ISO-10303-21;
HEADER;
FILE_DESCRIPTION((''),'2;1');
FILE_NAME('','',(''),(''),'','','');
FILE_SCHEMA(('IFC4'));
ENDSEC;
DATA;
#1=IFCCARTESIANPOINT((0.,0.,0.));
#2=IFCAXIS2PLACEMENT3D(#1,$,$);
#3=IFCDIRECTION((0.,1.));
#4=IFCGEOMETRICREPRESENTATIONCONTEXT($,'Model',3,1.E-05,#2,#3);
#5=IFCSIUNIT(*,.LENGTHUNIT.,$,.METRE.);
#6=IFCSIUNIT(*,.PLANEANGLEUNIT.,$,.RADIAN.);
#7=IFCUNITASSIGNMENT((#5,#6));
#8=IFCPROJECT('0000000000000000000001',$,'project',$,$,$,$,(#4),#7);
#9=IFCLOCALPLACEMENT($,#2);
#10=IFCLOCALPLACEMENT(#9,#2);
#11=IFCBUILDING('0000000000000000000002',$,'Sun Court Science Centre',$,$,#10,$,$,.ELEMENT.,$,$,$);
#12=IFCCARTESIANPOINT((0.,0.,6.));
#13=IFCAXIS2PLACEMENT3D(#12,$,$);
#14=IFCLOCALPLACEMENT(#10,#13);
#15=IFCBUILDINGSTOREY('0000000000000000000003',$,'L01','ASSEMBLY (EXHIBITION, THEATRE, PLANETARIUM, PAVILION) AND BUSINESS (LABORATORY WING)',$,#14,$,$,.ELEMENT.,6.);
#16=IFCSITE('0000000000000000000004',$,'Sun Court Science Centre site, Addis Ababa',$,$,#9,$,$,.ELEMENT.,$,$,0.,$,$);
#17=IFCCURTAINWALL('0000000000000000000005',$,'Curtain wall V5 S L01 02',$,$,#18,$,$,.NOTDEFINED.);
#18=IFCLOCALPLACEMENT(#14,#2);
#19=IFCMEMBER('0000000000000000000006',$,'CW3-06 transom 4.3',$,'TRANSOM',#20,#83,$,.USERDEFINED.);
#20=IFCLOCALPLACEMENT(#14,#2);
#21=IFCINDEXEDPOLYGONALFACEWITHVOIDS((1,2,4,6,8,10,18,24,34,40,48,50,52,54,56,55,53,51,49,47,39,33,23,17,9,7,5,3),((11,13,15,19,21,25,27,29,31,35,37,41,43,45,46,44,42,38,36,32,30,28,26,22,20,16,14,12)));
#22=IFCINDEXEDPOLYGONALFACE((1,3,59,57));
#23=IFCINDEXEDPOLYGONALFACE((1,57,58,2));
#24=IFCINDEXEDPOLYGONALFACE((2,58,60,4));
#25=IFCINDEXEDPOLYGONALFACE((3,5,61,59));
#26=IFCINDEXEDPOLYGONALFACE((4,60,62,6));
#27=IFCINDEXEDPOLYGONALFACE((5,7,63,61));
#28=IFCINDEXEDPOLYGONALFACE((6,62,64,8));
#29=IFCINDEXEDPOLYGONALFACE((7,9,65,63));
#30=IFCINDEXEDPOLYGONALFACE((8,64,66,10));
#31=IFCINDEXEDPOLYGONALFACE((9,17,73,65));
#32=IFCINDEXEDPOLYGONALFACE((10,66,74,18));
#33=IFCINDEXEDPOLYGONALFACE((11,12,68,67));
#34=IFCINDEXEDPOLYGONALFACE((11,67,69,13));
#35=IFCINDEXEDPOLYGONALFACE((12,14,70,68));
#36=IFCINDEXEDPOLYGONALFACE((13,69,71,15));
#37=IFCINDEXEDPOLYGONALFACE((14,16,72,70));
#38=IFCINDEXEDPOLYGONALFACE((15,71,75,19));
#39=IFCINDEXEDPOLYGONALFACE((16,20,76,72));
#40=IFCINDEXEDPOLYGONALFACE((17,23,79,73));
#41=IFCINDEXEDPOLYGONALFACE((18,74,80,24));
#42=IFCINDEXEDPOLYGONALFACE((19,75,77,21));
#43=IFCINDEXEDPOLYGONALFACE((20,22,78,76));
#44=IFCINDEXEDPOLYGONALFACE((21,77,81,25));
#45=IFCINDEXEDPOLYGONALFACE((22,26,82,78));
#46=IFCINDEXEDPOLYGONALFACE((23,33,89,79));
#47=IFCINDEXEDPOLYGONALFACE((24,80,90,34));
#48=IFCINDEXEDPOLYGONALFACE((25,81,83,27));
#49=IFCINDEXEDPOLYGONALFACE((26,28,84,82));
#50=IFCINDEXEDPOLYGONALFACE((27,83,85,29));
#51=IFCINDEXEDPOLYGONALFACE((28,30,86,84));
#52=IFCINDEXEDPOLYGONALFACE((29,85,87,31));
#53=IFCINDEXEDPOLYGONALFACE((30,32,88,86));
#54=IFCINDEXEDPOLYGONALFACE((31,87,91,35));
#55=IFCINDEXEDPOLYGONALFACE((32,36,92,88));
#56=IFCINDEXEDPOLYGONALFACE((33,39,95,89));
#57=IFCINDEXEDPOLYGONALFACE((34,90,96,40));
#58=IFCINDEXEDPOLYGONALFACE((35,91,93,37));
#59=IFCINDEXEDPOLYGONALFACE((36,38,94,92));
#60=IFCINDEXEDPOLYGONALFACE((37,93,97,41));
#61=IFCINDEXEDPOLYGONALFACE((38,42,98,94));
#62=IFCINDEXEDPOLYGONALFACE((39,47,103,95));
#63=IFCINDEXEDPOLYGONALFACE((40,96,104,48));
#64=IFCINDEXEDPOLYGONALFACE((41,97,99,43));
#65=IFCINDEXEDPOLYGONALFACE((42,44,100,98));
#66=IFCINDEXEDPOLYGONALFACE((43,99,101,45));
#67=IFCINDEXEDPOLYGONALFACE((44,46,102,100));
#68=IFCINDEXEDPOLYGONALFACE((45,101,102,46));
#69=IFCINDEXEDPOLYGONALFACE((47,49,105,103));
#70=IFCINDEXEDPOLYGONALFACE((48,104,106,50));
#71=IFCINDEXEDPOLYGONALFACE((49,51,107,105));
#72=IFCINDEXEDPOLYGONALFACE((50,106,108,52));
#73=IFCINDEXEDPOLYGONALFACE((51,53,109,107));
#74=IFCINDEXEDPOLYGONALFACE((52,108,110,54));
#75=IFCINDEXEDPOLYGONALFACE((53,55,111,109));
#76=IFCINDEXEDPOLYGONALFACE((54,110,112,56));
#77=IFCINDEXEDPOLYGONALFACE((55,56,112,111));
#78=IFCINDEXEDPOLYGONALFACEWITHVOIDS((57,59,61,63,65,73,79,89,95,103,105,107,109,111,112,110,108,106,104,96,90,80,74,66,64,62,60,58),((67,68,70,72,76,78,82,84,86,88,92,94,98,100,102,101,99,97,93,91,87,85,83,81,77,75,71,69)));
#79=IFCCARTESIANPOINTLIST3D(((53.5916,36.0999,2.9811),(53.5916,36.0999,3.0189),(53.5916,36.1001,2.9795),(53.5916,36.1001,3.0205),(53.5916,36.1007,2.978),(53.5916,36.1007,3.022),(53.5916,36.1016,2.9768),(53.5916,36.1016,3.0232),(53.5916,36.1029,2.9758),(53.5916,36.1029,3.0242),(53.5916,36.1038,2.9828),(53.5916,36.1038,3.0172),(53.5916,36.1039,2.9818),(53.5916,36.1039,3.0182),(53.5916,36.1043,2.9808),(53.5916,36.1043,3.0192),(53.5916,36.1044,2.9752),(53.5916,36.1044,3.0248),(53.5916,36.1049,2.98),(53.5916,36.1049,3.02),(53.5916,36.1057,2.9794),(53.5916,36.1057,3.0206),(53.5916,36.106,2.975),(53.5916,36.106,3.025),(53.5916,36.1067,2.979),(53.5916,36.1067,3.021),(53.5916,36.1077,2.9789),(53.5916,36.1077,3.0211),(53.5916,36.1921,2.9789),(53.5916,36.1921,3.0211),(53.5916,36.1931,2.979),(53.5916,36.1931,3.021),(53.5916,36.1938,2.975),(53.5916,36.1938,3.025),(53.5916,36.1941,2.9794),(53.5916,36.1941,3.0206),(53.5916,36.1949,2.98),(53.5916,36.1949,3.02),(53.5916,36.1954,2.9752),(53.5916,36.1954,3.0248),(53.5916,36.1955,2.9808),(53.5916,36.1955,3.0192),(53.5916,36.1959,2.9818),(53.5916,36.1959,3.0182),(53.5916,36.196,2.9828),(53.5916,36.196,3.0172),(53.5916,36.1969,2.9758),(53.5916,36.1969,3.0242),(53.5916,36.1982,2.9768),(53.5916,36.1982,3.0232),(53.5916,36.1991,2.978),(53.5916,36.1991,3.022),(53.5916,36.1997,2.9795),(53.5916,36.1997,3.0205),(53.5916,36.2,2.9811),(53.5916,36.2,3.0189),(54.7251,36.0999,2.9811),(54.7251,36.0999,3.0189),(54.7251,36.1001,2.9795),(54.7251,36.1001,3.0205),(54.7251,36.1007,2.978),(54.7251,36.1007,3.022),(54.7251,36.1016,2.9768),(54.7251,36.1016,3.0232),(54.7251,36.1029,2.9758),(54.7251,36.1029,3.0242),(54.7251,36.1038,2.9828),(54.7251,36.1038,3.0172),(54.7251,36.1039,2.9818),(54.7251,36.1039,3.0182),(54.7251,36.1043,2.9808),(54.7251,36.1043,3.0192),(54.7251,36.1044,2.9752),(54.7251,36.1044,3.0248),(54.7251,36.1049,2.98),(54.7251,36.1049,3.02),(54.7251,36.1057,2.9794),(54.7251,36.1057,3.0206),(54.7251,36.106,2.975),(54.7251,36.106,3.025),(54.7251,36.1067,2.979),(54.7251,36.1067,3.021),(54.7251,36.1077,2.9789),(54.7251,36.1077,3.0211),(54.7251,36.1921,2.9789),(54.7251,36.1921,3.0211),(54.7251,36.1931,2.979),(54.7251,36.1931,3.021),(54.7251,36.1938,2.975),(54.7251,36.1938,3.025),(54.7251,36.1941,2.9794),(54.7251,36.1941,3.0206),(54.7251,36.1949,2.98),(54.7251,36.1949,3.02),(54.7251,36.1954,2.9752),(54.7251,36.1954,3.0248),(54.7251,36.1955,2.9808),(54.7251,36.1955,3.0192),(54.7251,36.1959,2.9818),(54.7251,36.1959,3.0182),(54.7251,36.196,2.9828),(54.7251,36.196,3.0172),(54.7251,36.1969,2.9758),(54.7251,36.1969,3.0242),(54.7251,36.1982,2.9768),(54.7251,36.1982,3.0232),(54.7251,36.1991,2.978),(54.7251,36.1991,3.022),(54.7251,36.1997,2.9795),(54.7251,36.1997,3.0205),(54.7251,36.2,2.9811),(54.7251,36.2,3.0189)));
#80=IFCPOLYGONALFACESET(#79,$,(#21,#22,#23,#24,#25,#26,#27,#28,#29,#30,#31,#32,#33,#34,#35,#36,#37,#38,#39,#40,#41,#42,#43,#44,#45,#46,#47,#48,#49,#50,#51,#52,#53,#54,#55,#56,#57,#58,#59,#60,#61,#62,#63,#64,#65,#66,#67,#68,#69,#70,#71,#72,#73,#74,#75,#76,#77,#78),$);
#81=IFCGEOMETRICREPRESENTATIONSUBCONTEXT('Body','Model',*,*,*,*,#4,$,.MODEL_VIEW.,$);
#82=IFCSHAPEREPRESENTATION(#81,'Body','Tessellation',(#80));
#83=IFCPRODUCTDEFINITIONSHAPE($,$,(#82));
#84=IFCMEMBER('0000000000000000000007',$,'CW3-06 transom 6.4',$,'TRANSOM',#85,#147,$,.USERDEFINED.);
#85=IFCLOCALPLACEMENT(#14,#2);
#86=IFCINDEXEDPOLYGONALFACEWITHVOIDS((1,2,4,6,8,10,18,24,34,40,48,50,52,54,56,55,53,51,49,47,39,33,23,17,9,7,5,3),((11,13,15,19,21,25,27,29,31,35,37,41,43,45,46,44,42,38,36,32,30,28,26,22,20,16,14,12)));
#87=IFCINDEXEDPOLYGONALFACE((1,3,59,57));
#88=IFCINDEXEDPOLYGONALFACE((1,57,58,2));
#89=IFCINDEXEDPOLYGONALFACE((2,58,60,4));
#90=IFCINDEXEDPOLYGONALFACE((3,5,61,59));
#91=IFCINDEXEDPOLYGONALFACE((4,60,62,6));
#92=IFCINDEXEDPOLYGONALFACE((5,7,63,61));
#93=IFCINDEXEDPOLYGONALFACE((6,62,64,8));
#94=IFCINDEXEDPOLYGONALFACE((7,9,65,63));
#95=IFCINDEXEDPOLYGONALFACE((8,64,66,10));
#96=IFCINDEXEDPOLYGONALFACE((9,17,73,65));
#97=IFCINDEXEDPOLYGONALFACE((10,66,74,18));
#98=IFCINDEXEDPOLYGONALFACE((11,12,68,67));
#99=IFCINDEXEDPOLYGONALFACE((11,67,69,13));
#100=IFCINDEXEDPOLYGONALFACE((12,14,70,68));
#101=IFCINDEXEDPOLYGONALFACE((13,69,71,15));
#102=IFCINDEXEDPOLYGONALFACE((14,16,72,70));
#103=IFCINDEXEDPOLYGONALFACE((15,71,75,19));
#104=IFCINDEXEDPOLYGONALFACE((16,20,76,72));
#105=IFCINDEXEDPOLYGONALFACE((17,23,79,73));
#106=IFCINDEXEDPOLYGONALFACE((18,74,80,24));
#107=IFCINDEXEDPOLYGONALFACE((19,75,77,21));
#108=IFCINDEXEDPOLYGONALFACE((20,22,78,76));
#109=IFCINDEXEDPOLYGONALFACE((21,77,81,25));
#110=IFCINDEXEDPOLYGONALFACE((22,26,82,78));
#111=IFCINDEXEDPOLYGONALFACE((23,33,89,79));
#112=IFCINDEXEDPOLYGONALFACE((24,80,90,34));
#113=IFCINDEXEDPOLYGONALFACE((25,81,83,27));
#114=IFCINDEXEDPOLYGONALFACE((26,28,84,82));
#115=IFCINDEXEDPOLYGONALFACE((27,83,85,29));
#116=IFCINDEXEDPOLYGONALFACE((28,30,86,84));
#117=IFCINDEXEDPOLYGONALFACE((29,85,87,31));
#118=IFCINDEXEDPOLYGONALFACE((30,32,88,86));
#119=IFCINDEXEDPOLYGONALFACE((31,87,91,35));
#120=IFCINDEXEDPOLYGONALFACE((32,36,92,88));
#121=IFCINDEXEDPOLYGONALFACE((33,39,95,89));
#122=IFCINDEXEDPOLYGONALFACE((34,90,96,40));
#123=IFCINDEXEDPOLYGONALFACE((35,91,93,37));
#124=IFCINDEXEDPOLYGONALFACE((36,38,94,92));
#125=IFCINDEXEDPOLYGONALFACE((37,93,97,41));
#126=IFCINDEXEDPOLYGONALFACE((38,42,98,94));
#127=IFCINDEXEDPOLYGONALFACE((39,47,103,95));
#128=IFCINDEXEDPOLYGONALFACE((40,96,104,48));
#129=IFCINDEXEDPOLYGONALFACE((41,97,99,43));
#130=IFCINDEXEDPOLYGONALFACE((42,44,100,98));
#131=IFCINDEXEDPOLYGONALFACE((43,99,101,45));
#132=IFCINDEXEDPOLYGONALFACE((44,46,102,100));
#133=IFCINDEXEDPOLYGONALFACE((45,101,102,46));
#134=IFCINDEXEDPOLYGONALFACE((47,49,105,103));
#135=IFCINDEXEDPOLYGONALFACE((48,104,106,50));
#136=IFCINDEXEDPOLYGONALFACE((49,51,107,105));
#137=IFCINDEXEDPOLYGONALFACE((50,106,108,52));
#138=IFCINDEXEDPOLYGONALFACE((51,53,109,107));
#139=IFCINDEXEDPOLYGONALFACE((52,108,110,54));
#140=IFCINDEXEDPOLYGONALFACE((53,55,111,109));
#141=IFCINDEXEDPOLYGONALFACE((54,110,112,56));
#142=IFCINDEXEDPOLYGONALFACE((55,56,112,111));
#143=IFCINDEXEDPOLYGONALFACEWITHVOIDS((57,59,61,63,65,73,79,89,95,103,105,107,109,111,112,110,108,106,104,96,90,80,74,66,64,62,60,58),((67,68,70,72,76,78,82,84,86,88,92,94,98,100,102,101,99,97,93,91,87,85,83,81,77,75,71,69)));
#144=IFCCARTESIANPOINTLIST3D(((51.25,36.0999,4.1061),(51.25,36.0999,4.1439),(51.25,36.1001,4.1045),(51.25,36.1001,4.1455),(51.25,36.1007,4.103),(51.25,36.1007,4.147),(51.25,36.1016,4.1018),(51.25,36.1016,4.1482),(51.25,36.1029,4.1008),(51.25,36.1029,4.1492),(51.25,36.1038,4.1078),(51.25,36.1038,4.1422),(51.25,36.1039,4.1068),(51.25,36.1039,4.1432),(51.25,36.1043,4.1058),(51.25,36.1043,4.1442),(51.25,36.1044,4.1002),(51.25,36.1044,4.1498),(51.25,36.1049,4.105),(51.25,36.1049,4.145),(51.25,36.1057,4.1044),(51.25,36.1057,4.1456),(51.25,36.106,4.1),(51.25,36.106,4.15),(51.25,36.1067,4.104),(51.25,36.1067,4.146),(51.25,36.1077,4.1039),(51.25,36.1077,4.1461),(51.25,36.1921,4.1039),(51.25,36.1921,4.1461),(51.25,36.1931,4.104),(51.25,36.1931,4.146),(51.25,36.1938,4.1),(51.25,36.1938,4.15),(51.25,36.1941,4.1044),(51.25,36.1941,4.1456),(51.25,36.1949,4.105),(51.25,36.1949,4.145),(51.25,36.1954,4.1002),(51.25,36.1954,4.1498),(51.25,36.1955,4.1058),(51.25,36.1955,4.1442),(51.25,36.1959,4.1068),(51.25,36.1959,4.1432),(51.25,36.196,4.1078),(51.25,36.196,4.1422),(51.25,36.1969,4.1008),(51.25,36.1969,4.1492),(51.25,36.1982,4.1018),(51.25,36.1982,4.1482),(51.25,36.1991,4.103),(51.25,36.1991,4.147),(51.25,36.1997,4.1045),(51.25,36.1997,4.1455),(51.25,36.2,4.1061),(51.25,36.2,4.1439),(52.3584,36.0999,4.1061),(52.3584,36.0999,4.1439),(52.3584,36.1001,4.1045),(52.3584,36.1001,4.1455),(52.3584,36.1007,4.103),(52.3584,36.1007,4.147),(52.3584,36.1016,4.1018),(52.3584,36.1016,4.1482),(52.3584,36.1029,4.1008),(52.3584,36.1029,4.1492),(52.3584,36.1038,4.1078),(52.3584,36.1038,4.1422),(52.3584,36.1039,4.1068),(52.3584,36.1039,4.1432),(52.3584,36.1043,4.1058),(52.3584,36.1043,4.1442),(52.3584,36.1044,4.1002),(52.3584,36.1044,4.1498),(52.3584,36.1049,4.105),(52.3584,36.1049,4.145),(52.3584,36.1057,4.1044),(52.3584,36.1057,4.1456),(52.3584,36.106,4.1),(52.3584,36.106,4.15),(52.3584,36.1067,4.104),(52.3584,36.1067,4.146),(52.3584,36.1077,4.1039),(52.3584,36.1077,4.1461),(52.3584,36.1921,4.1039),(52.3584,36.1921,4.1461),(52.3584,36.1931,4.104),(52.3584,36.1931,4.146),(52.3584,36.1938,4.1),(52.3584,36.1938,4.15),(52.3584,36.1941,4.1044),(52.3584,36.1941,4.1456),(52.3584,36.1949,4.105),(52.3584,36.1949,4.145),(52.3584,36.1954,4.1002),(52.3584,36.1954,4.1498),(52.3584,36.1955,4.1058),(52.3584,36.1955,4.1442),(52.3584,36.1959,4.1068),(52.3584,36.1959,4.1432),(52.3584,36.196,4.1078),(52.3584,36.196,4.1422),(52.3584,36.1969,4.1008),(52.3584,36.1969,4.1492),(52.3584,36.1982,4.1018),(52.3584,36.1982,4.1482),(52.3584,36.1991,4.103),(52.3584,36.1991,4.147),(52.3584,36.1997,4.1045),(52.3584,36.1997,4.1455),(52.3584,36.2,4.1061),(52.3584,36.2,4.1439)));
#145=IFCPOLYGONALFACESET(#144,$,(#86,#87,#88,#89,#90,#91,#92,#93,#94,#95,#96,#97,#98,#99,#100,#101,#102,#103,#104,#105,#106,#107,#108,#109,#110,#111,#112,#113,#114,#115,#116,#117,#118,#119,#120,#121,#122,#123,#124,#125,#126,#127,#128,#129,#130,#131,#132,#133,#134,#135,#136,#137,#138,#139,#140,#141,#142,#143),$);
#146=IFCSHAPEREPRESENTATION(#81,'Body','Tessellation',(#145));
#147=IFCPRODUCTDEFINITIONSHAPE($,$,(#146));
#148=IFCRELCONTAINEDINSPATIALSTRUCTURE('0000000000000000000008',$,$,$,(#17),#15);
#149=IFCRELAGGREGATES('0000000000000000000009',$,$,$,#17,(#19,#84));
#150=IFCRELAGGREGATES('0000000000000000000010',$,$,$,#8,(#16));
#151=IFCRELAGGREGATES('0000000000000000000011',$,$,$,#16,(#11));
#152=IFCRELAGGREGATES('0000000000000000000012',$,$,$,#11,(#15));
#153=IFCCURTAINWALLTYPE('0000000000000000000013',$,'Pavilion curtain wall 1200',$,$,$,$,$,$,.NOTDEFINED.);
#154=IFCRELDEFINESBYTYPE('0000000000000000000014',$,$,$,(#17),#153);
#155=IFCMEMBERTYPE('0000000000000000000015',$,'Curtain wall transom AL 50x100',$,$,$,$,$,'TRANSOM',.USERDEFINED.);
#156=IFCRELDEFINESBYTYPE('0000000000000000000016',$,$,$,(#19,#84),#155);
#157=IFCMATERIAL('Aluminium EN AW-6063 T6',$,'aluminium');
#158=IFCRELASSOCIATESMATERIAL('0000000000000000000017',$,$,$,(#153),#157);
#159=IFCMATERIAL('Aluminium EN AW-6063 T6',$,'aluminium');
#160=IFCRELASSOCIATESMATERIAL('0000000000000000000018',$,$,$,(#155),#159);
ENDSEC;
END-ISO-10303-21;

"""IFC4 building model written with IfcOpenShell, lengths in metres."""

from ifc_helpers import new_model, si_unit, direction, frame, origin, origin_2d, place, context, subcontext, project, spatial, hollow_rectangle, extrude, material, material_profile, profile_set, type_object, element, aggregate, save


model = new_model("IFC4")

# Units and contexts
model_context = context("Model", 3, precision=1e-05, world=origin(), true_north=direction((0.0, 1.0)))
body_context = subcontext(model_context, "Body", "Model", "MODEL_VIEW")
ifc_project = project(units=[si_unit("LENGTHUNIT", "METRE"), si_unit("PLANEANGLEUNIT", "RADIAN")], contexts=[model_context])

# Site, building, storey
site_placement = place(None, origin())
site = spatial("IfcSite", under=ifc_project, at=site_placement, Name="Sun Court Science Centre site, Addis Ababa", CompositionType="ELEMENT", RefElevation=0.0)
building_placement = place(site_placement, origin())
building = spatial("IfcBuilding", under=site, at=building_placement, Name="Sun Court Science Centre", CompositionType="ELEMENT")
storey_placement = place(building_placement, frame((0.0, 0.0, 6.0)))
storey = spatial("IfcBuildingStorey", under=building, at=storey_placement, Name="L01", Description="ASSEMBLY (EXHIBITION, THEATRE, PLANETARIUM, PAVILION) AND BUSINESS (LABORATORY WING)", CompositionType="ELEMENT", Elevation=6.0)

# Curtain wall, members
ifc_material_1 = material(Name="Aluminium EN AW-6063 T6", Category="aluminium")
curtain_wall_type = type_object("IfcCurtainWallType", Name="Pavilion curtain wall 1200", PredefinedType="NOTDEFINED", material=ifc_material_1)
curtain_wall_placement = place(storey_placement, origin())
curtain_wall = element("IfcCurtainWall", 1, at=curtain_wall_placement, inside=storey, type_object=curtain_wall_type, Name="Curtain wall V5 S L01 02", PredefinedType="NOTDEFINED")
ifc_material_2 = material(Name="Aluminium EN AW-6063 T6", Category="aluminium")
ifc_material_profile_1 = material_profile(ifc_material_2, hollow_rectangle(XDim=0.05, YDim=0.1001, WallThickness=0.0039, InnerFilletRadius=0.0039, OuterFilletRadius=0.0061, at=origin_2d()), Name="AL 50x100x4")
ifc_profile_set_1 = profile_set([ifc_material_profile_1], Name="Aluminium EN AW-6063 T6")
member_type_1 = type_object("IfcMemberType", Name="Curtain wall transom AL 50x100", ElementType="TRANSOM", PredefinedType="USERDEFINED", material=ifc_profile_set_1)
member_1_placement = place(storey_placement, frame((54.7251, 36.1499, 3.0), z_axis=(-1.0, 0.0, 0.0), x_axis=(0.0, 0.0, 1.0)))
member_1 = element("IfcMember", 2, at=member_1_placement, type_object=member_type_1, Name="CW3-06 transom 4.3", ObjectType="TRANSOM", PredefinedType="USERDEFINED", context=body_context, shape_type="SweptSolid", body=[
    extrude(hollow_rectangle(XDim=0.05, YDim=0.1001, WallThickness=0.0039, InnerFilletRadius=0.0039, OuterFilletRadius=0.0061, at=origin_2d()), origin(), (0.0, 0.0, 1.0), 1.1335),
])
member_2_placement = place(storey_placement, frame((52.3584, 36.1499, 4.125), z_axis=(-1.0, 0.0, 0.0), x_axis=(0.0, 0.0, 1.0)))
member_2 = element("IfcMember", 3, at=member_2_placement, type_object=member_type_1, Name="CW3-06 transom 6.4", ObjectType="TRANSOM", PredefinedType="USERDEFINED", context=body_context, shape_type="SweptSolid", body=[
    extrude(hollow_rectangle(XDim=0.05, YDim=0.1001, WallThickness=0.0039, InnerFilletRadius=0.0039, OuterFilletRadius=0.0061, at=origin_2d()), origin(), (0.0, 0.0, 1.0), 1.1084),
])
aggregate(curtain_wall, [member_1, member_2])

save(model, "model.ifc")
